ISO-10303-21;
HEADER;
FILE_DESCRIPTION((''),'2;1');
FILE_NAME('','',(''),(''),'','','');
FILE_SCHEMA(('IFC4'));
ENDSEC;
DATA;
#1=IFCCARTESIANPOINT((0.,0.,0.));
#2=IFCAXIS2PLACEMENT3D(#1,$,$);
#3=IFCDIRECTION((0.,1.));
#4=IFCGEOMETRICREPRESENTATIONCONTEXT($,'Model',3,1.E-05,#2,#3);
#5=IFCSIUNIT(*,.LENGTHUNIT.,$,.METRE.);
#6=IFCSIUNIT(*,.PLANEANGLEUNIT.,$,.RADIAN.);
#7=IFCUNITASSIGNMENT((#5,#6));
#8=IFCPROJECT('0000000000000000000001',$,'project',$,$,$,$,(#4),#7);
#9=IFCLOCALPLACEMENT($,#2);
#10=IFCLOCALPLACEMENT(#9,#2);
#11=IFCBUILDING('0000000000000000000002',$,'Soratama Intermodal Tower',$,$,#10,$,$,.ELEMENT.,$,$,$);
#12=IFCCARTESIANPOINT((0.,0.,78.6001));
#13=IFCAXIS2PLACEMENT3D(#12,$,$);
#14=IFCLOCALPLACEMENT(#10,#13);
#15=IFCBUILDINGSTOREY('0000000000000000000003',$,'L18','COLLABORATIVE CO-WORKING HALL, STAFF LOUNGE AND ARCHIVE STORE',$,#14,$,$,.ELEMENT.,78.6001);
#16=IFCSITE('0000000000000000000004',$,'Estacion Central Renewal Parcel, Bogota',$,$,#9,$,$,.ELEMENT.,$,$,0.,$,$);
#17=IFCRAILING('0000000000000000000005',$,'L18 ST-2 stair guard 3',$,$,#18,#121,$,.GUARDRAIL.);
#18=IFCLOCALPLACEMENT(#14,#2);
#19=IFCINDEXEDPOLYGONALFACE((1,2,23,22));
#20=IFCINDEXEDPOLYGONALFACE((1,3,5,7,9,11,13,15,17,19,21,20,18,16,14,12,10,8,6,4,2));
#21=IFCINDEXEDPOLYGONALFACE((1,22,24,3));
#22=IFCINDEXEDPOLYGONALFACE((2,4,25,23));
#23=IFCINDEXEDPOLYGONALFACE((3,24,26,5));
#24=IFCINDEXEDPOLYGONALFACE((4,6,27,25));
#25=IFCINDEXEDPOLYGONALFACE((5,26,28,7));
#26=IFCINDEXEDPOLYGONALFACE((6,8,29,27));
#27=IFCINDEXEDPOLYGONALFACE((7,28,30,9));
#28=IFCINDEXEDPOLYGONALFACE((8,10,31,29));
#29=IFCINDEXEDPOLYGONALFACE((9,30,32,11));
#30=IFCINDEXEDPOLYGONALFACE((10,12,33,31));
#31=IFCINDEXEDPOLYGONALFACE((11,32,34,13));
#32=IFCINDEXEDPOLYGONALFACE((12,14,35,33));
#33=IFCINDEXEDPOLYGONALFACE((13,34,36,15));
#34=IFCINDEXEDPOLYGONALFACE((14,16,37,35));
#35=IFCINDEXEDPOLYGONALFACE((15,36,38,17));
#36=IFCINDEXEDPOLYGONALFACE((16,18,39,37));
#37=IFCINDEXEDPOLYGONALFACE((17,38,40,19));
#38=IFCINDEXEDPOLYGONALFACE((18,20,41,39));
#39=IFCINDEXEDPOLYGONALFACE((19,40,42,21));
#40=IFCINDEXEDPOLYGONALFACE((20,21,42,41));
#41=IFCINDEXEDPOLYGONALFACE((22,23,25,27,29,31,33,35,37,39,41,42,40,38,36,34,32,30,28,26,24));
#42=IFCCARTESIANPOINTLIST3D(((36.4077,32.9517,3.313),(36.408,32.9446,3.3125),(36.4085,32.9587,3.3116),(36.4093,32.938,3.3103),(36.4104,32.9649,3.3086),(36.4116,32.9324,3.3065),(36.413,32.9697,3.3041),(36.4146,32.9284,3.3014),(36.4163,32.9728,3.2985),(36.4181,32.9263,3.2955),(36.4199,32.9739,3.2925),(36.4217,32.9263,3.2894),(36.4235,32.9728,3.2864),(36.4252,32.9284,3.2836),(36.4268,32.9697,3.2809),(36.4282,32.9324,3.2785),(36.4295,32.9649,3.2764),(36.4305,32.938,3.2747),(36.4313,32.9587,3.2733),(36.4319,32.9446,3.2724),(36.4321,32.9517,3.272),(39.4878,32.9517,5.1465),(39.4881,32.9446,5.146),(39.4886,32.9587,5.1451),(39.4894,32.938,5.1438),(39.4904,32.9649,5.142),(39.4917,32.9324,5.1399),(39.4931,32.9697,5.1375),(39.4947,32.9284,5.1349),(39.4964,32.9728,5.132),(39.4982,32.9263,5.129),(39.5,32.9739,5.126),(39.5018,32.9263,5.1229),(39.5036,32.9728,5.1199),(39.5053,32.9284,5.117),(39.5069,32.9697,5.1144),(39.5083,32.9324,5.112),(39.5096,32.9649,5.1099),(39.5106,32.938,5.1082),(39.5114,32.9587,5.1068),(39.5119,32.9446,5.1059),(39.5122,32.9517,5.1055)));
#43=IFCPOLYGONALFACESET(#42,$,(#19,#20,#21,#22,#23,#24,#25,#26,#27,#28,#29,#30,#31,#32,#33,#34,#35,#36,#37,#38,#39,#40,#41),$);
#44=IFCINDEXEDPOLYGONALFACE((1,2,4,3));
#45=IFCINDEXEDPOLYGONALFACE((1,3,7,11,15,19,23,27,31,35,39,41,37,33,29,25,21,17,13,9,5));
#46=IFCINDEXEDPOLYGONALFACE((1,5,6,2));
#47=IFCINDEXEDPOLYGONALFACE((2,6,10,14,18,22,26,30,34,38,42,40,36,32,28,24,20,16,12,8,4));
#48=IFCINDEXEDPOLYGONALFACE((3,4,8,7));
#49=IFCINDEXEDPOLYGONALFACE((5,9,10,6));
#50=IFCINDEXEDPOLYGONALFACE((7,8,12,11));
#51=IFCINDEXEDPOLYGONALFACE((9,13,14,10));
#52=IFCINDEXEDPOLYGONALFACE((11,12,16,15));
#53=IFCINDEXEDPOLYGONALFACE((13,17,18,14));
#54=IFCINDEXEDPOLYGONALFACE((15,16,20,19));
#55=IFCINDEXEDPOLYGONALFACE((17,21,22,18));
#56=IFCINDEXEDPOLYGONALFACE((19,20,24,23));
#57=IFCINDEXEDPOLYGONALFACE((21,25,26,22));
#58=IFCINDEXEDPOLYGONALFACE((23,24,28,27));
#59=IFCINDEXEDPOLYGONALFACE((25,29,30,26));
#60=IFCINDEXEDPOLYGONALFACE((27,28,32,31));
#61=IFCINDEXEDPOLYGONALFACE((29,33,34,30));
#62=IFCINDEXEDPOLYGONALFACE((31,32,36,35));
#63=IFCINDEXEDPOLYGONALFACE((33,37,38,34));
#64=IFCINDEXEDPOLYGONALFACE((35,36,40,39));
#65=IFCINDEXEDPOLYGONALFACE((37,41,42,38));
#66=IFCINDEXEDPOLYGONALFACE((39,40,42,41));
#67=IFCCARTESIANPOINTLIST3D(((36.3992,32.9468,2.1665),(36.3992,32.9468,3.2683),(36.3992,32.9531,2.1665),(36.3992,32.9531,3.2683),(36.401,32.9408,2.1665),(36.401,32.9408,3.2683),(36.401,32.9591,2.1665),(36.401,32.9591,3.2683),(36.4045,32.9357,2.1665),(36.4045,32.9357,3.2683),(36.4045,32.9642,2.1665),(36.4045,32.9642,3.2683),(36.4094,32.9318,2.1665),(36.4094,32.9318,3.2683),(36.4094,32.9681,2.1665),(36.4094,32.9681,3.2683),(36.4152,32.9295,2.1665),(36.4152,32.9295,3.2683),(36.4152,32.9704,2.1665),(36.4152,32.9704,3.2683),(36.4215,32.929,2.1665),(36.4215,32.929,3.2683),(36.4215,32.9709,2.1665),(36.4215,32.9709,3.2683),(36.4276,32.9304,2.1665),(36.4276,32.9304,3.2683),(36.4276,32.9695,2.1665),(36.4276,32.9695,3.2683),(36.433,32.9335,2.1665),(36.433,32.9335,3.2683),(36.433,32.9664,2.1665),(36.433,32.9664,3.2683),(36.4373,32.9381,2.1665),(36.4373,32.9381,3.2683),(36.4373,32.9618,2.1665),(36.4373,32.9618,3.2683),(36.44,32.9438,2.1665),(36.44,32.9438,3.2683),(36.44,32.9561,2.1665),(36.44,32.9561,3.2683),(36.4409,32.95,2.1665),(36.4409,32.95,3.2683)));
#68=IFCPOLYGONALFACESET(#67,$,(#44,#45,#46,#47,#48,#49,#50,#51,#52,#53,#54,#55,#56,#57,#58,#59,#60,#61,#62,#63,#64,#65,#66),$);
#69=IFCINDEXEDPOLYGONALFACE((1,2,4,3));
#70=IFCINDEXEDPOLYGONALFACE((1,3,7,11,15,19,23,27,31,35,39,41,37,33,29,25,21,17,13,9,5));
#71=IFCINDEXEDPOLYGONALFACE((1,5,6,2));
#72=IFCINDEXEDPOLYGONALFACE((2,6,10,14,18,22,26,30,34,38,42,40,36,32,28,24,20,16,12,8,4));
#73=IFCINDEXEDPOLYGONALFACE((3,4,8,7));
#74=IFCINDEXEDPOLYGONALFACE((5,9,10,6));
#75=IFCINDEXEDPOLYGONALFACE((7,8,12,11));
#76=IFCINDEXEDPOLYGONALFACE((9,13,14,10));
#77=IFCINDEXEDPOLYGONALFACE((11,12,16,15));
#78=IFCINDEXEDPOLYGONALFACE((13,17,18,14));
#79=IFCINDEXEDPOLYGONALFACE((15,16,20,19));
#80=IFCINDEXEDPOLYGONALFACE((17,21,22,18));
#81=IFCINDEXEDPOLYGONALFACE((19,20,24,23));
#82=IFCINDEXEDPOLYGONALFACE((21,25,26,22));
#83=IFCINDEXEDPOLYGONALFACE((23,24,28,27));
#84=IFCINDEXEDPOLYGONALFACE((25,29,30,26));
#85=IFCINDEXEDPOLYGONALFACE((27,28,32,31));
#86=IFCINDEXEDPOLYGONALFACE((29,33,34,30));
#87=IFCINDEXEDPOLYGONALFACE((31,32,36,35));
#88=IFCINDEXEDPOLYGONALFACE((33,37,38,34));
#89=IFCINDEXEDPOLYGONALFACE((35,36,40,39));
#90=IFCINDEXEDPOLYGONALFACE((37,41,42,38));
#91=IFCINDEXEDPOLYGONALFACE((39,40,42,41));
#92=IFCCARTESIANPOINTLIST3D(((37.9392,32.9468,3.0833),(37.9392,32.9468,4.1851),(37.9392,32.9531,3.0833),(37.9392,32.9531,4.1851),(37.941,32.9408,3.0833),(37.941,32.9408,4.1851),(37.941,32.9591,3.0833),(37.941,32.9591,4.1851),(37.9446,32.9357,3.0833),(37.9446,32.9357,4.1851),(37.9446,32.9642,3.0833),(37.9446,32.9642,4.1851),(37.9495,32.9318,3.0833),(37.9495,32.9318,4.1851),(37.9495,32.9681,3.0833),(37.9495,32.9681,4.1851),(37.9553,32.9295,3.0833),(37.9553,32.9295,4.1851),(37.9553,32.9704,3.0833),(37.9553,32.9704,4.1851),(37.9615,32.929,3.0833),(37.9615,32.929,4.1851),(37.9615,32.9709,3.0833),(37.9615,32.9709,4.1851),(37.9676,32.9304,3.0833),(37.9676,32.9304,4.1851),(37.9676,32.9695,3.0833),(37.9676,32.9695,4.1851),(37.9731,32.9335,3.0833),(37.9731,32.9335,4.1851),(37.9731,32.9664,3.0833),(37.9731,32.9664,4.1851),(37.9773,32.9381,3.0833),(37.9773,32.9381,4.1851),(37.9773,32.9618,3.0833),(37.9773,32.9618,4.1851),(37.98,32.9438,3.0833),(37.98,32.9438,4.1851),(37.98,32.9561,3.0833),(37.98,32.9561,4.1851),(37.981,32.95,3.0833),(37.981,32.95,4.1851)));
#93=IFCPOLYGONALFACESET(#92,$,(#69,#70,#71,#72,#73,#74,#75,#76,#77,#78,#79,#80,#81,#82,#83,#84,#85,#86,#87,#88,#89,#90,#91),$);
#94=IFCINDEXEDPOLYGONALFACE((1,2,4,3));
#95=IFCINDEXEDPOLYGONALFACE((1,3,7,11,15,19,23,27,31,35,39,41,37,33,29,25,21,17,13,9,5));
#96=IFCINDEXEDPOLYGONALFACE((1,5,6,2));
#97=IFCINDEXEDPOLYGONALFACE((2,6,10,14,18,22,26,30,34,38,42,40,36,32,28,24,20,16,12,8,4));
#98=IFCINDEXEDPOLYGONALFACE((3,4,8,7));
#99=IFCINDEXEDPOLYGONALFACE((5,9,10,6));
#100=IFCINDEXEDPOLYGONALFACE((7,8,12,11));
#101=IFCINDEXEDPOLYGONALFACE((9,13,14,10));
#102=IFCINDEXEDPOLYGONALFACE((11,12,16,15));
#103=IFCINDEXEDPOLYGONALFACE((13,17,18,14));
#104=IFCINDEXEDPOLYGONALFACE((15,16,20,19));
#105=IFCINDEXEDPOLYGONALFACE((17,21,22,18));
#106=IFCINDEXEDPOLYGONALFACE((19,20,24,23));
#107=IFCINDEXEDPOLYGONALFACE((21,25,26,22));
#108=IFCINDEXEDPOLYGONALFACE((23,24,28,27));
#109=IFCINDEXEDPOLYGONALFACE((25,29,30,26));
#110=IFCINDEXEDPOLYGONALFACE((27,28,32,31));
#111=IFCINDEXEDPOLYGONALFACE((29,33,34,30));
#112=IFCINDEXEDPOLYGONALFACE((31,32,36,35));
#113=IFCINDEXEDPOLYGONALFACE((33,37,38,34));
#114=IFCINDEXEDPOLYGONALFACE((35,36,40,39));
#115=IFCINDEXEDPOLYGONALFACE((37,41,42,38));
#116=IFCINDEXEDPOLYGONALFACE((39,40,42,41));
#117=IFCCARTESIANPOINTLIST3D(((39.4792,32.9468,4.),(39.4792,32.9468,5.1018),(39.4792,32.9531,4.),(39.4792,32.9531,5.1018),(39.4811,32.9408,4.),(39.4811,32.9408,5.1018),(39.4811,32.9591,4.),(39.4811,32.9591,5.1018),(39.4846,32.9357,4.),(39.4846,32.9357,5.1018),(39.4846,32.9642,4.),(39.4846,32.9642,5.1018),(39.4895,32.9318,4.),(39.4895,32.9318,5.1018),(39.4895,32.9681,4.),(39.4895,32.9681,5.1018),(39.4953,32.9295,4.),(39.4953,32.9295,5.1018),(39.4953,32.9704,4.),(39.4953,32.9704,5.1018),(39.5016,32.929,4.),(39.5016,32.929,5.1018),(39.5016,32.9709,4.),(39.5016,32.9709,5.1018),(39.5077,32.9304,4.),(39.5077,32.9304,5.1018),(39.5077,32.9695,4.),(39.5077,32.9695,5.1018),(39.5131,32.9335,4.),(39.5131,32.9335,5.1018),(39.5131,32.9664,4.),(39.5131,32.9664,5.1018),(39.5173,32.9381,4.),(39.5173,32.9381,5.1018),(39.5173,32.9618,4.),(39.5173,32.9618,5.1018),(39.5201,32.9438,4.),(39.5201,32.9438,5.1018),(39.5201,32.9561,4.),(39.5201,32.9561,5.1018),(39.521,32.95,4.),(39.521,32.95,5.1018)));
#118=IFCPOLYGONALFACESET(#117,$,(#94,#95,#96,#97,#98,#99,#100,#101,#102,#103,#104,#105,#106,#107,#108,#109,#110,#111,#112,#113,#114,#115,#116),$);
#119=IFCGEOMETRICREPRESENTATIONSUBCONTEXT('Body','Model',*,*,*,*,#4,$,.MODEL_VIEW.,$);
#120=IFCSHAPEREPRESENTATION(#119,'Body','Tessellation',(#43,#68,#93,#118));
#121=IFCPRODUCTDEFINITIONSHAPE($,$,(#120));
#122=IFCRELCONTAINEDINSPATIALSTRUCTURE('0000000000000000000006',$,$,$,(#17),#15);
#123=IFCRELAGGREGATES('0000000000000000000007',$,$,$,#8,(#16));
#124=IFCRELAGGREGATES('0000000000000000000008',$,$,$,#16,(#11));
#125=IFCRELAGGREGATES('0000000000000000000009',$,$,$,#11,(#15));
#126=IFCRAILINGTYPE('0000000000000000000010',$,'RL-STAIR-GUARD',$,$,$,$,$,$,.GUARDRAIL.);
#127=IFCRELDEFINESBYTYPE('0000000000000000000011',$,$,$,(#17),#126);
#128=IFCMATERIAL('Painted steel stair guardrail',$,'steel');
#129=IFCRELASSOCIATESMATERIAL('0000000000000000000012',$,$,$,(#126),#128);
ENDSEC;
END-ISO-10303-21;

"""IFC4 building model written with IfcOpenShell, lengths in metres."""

from ifc_helpers import new_model, si_unit, direction, frame, origin, origin_2d, place, context, subcontext, project, spatial, circle, extrude, material, type_object, element, save


model = new_model("IFC4")

# Units and contexts
model_context = context("Model", 3, precision=1e-05, world=origin(), true_north=direction((0.0, 1.0)))
body_context = subcontext(model_context, "Body", "Model", "MODEL_VIEW")
ifc_project = project(units=[si_unit("LENGTHUNIT", "METRE"), si_unit("PLANEANGLEUNIT", "RADIAN")], contexts=[model_context])

# Site, building, storey
site_placement = place(None, origin())
site = spatial("IfcSite", under=ifc_project, at=site_placement, Name="Estacion Central Renewal Parcel, Bogota", CompositionType="ELEMENT", RefElevation=0.0)
building_placement = place(site_placement, origin())
building = spatial("IfcBuilding", under=site, at=building_placement, Name="Soratama Intermodal Tower", CompositionType="ELEMENT")
storey_placement = place(building_placement, frame((0.0, 0.0, 78.6001)))
storey = spatial("IfcBuildingStorey", under=building, at=storey_placement, Name="L18", Description="COLLABORATIVE CO-WORKING HALL, STAFF LOUNGE AND ARCHIVE STORE", CompositionType="ELEMENT", Elevation=78.6001)

# Railing
ifc_material_1 = material(Name="Painted steel stair guardrail", Category="steel")
railing_type_1 = type_object("IfcRailingType", Name="RL-STAIR-GUARD", PredefinedType="GUARDRAIL", material=ifc_material_1)
railing_1_placement = place(storey_placement, frame((36.4199, 32.95, 2.1665)))
element("IfcRailing", 1, at=railing_1_placement, inside=storey, type_object=railing_type_1, Name="L18 ST-2 stair guard 3", PredefinedType="GUARDRAIL", context=body_context, shape_type="SweptSolid", body=[
    extrude(circle(Radius=0.0239, at=origin_2d()), frame((0.0, 0.0, 1.126), z_axis=(0.859279, 0.0, 0.511508), x_axis=(0.0, 1.0, 0.0)), (0.0, 0.0, 1.0), 3.5845),
    extrude(circle(Radius=0.021, at=origin_2d()), origin(), (0.0, 0.0, 1.0), 1.1018),
    extrude(circle(Radius=0.021, at=origin_2d()), frame((1.54, 0.0, 0.9167)), (0.0, 0.0, 1.0), 1.1018),
    extrude(circle(Radius=0.021, at=origin_2d()), frame((3.0801, 0.0, 1.8335)), (0.0, 0.0, 1.0), 1.1018),
])

save(model, "model.ifc")
